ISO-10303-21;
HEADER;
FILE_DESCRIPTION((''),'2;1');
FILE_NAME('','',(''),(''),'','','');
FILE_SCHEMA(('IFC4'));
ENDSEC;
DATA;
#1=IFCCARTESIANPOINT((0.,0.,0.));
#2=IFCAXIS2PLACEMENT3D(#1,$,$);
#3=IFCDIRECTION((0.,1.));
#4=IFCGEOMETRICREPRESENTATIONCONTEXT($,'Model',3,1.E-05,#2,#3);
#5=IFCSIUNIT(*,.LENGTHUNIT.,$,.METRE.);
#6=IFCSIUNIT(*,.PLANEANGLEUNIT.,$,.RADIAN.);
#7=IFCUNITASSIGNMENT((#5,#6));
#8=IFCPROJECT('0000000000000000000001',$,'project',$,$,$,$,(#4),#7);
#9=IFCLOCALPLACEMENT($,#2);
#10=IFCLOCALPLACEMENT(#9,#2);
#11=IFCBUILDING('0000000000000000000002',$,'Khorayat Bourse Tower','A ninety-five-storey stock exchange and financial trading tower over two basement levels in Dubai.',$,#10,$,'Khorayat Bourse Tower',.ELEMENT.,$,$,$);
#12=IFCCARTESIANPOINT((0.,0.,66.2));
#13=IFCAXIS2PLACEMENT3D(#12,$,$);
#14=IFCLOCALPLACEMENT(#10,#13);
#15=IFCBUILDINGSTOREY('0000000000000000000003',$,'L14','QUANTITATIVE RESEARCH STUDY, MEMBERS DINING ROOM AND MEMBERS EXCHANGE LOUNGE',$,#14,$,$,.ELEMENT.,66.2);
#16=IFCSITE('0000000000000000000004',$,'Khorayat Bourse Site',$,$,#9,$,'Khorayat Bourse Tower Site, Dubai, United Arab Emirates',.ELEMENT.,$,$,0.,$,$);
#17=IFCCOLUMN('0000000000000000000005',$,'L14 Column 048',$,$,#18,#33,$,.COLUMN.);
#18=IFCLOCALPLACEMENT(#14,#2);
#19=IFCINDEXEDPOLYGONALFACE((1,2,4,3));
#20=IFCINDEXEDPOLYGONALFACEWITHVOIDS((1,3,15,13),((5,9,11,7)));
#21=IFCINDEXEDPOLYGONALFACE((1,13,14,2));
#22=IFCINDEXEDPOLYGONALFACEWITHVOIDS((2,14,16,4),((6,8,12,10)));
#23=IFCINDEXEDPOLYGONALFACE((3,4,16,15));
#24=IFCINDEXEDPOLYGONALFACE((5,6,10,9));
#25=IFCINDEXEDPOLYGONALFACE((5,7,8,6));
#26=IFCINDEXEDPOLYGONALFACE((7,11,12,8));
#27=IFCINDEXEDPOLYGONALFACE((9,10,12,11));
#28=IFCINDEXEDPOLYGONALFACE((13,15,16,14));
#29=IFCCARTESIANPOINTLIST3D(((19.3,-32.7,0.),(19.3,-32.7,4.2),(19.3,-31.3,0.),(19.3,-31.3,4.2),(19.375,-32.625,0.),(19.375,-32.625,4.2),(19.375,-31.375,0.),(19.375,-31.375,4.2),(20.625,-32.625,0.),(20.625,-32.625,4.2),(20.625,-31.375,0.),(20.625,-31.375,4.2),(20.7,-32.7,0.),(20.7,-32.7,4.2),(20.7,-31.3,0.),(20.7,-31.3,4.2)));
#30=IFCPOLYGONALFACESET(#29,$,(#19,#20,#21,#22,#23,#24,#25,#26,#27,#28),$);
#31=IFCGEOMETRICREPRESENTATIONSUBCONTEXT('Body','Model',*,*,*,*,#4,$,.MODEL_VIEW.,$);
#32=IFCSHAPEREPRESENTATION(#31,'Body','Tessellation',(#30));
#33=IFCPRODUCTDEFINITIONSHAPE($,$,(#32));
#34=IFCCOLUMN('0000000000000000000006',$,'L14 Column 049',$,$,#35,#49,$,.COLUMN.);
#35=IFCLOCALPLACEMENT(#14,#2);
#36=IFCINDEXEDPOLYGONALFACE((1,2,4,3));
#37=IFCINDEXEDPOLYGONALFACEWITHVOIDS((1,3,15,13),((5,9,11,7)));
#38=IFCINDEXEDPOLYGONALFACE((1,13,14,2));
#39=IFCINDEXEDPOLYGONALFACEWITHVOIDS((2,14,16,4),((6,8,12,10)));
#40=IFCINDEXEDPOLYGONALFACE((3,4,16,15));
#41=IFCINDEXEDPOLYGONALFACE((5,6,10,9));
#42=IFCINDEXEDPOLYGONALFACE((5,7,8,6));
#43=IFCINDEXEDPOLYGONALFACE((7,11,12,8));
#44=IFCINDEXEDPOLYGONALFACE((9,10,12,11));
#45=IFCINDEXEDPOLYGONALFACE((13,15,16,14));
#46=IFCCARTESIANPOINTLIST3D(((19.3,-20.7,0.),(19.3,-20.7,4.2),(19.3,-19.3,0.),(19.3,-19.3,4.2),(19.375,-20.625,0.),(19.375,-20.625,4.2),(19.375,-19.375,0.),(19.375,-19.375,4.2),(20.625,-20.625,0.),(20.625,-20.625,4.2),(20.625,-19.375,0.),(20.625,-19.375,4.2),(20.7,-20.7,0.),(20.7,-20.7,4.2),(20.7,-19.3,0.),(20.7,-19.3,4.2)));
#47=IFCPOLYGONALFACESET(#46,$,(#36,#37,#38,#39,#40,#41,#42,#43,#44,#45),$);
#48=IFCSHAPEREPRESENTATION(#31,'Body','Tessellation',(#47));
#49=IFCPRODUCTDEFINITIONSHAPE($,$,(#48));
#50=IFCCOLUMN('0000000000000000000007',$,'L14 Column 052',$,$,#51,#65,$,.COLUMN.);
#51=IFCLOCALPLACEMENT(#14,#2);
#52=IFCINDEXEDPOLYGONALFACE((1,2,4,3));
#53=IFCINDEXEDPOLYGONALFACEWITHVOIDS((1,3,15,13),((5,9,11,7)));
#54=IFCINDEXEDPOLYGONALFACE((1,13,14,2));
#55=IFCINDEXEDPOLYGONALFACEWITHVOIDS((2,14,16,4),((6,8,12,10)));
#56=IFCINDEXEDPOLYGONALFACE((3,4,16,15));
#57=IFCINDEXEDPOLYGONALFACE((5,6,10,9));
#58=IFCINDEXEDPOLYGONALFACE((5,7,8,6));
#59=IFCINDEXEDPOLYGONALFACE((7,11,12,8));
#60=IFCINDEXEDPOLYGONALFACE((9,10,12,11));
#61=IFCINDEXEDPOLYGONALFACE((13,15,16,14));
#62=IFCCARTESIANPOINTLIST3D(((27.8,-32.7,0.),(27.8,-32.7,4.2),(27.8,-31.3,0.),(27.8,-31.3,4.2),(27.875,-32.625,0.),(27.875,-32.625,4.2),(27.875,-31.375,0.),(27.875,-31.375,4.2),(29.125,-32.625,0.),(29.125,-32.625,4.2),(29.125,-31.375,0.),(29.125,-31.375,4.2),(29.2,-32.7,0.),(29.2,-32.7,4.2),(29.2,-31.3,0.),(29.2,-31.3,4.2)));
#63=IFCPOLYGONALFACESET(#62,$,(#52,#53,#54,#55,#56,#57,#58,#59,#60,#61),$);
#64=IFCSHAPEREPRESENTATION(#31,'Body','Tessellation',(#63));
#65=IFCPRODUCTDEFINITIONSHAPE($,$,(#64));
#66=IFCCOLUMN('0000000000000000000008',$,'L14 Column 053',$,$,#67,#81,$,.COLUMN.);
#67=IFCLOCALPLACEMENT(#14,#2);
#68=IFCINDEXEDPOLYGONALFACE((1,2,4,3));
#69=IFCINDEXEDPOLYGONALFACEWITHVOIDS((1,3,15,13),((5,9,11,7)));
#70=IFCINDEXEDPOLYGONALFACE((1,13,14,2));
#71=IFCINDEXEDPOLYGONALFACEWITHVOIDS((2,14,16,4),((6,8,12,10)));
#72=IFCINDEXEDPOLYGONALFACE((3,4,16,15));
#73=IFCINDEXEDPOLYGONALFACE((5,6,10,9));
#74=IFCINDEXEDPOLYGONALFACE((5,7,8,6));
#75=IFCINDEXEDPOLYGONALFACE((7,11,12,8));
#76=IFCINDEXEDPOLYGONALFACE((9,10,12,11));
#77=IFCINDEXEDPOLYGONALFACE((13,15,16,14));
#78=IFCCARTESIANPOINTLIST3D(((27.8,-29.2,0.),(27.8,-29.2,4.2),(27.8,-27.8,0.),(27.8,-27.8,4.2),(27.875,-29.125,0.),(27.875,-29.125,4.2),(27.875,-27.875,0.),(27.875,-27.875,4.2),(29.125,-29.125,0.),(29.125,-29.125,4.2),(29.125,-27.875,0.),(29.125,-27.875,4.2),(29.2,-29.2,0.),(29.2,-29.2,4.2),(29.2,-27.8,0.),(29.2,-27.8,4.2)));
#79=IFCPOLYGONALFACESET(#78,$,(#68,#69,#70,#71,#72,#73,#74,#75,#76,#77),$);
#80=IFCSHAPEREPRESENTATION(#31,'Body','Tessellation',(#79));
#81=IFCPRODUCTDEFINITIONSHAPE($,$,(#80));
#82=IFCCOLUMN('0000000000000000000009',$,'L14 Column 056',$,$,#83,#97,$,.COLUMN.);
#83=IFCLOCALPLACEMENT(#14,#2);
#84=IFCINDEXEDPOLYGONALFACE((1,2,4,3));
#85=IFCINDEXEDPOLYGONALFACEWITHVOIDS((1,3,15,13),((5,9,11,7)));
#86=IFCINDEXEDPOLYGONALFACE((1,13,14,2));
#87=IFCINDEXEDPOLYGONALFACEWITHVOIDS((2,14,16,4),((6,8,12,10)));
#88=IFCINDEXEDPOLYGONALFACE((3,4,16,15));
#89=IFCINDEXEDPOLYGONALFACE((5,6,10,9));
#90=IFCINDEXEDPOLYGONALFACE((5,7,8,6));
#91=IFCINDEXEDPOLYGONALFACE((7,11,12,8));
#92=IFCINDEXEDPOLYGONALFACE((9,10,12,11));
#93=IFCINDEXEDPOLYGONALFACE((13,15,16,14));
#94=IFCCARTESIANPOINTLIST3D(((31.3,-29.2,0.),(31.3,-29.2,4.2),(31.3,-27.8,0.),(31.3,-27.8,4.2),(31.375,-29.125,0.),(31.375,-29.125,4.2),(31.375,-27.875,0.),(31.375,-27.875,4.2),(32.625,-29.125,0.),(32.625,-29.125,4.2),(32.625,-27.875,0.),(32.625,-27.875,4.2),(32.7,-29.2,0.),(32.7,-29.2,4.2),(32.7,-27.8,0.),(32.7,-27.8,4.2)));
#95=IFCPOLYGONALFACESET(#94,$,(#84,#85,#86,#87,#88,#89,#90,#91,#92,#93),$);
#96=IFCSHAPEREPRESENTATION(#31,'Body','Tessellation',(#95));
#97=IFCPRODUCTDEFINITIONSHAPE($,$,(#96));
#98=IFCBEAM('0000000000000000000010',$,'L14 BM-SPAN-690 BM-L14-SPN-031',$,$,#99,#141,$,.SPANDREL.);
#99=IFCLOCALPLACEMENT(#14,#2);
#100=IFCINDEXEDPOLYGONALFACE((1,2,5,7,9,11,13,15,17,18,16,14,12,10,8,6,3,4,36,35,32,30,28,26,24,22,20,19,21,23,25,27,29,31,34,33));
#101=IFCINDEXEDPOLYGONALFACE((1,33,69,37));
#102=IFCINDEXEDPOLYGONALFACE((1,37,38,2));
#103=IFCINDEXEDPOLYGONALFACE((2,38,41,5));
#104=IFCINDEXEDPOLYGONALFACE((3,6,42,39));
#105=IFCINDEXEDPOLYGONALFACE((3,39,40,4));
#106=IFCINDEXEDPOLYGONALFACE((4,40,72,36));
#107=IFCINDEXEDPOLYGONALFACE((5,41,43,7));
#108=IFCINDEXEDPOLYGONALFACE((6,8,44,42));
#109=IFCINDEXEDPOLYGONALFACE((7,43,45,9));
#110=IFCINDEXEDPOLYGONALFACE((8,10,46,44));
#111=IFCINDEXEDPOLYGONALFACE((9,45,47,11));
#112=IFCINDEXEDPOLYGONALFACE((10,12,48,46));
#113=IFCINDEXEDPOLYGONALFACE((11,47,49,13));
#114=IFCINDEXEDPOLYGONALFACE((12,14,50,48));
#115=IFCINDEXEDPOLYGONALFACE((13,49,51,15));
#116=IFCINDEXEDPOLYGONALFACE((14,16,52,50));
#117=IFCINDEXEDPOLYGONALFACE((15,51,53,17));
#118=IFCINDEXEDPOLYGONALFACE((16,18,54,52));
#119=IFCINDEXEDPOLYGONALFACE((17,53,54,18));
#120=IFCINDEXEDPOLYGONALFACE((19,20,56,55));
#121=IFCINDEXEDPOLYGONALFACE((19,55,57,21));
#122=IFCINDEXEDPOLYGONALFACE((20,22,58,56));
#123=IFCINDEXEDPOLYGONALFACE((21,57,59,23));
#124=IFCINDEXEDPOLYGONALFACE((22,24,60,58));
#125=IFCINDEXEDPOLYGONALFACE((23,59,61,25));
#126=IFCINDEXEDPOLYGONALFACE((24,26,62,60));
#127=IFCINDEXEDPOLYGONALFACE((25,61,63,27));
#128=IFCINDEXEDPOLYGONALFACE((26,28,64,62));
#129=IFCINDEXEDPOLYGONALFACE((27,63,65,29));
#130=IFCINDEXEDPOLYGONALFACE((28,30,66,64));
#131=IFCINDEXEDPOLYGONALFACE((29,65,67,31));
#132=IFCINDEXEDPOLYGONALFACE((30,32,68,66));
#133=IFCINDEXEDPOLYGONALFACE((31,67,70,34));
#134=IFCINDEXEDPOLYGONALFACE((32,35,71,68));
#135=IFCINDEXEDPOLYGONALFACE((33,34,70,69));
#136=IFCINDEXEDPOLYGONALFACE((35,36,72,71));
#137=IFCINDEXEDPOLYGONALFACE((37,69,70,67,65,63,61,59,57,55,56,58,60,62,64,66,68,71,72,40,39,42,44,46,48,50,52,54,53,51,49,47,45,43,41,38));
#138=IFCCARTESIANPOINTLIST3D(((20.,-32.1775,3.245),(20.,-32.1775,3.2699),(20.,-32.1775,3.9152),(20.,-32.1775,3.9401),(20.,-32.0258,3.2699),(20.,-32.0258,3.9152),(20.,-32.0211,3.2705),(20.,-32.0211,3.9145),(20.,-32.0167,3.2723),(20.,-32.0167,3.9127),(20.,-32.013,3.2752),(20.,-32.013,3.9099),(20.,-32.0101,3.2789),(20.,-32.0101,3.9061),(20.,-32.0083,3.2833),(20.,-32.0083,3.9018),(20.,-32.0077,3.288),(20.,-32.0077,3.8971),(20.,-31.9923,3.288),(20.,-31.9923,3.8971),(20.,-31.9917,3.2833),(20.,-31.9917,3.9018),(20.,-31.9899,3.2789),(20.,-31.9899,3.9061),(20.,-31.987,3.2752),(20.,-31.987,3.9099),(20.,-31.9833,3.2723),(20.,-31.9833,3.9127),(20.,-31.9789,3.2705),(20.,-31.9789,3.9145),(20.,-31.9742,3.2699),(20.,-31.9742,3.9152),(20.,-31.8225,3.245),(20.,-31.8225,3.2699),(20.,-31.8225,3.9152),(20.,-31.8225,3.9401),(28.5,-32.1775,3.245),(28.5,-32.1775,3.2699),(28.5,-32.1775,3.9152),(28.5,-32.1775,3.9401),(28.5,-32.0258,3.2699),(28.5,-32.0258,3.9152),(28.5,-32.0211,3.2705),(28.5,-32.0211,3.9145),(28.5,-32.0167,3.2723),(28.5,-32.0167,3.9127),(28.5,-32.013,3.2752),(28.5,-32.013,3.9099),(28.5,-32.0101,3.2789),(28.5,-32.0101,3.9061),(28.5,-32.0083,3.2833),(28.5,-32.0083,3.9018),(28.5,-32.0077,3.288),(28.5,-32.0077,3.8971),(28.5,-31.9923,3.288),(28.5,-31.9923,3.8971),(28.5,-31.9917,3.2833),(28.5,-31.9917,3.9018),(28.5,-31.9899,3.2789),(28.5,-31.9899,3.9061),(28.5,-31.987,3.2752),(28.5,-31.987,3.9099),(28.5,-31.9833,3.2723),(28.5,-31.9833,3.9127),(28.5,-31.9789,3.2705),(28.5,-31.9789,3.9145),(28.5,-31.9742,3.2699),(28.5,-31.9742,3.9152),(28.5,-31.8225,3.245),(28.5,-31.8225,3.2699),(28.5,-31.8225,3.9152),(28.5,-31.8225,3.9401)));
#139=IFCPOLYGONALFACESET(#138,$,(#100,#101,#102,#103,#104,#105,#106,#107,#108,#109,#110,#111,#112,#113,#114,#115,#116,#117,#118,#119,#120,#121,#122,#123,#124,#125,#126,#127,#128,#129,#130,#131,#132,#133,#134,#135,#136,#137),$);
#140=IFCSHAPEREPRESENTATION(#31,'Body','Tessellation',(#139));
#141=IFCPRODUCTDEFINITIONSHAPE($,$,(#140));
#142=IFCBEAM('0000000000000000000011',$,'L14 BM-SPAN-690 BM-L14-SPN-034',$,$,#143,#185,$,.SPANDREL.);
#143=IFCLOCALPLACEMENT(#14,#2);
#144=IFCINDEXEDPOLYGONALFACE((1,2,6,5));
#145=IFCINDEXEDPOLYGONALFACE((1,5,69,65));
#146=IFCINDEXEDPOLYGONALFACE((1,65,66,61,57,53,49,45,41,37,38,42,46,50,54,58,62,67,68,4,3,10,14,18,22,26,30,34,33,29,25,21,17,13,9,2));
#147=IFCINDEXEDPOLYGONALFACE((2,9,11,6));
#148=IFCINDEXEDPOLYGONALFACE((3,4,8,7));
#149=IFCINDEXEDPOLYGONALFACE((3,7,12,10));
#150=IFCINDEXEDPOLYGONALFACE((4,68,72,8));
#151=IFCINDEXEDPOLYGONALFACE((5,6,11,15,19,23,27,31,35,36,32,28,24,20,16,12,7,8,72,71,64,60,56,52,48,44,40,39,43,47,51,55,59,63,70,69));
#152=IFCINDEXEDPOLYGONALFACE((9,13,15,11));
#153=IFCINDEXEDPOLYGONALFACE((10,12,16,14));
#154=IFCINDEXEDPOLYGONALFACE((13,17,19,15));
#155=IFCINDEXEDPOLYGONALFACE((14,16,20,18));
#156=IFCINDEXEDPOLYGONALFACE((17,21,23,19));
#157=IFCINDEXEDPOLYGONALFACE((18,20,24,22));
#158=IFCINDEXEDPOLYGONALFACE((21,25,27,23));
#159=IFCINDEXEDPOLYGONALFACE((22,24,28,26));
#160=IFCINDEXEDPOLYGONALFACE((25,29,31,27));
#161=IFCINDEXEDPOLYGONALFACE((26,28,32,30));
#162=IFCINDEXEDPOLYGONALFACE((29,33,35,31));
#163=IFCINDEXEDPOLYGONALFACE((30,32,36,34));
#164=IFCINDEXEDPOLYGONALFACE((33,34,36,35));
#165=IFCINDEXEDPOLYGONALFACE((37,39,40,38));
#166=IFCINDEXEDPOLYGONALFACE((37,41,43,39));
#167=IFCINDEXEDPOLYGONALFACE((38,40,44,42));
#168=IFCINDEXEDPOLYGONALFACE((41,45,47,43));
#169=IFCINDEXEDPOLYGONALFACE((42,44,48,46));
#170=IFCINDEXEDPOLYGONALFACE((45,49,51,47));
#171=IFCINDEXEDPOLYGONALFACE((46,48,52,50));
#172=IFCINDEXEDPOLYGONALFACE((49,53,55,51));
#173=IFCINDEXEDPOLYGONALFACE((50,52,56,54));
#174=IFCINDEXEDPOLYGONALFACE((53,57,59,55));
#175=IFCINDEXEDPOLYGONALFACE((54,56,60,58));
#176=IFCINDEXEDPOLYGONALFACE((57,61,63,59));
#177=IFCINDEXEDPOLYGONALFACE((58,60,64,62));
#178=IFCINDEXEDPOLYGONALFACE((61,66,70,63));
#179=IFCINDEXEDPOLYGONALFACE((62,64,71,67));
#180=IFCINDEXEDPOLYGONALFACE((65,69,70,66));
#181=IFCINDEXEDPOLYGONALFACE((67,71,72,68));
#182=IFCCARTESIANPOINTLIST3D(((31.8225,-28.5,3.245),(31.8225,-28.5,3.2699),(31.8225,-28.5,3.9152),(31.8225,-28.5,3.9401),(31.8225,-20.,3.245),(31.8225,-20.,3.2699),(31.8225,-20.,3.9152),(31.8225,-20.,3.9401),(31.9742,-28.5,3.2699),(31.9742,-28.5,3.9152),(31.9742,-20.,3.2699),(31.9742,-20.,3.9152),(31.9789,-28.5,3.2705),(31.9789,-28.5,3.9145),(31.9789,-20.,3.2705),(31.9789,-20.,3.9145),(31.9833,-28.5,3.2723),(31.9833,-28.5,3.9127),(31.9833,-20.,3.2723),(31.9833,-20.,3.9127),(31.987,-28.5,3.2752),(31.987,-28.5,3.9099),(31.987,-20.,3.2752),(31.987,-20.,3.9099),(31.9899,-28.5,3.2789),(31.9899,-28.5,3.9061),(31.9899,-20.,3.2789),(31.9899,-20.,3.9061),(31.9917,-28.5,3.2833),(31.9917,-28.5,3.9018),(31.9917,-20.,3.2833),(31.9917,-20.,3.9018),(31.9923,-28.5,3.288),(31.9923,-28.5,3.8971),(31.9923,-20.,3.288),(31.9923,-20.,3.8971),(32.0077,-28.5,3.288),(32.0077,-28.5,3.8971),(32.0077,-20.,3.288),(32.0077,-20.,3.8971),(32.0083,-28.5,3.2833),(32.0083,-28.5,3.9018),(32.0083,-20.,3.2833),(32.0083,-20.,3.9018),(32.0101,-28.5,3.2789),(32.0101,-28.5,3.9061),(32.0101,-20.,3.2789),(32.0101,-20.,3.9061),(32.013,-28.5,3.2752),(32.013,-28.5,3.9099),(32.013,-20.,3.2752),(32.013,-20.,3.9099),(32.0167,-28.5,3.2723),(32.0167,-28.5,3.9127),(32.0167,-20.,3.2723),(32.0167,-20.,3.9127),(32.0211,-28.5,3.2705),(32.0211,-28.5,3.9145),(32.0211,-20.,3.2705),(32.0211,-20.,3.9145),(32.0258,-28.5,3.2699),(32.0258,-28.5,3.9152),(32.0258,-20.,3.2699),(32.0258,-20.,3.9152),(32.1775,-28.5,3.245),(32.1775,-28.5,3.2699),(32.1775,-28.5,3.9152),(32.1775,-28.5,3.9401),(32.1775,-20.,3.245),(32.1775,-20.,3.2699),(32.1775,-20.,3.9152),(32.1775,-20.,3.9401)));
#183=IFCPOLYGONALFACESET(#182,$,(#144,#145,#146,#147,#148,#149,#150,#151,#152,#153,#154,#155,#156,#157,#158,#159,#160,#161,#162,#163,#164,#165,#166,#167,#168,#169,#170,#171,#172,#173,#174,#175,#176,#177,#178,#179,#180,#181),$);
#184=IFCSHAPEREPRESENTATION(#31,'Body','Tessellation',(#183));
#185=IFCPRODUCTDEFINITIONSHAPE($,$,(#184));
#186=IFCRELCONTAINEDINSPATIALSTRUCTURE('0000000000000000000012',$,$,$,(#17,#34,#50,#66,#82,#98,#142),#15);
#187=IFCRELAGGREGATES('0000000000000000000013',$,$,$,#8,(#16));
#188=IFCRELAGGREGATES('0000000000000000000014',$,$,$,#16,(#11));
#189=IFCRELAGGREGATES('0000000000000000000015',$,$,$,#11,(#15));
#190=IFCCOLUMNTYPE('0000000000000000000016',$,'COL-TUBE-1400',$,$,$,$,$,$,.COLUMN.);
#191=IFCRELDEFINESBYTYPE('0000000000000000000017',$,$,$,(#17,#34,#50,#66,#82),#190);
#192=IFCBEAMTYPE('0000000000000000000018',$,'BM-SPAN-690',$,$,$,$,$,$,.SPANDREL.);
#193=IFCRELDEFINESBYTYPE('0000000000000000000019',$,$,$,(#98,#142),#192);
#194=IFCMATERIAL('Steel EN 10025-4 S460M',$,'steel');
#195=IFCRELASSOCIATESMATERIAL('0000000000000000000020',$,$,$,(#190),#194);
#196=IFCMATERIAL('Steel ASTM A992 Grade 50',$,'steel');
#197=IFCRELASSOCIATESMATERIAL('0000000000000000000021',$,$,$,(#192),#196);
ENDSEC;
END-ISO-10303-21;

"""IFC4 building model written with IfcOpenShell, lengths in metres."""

from ifc_helpers import new_model, si_unit, direction, frame, origin, origin_2d, place, context, subcontext, project, spatial, hollow_rectangle, i_section, extrude, source, transform, mapped, material, material_profile, profile_set, type_object, element, save


model = new_model("IFC4")

# Units and contexts
model_context = context("Model", 3, precision=1e-05, world=origin(), true_north=direction((0.0, 1.0)))
body_context = subcontext(model_context, "Body", "Model", "MODEL_VIEW")
ifc_project = project(units=[si_unit("LENGTHUNIT", "METRE"), si_unit("PLANEANGLEUNIT", "RADIAN")], contexts=[model_context])

# Site, building, storey
site_placement = place(None, origin())
site = spatial("IfcSite", under=ifc_project, at=site_placement, Name="Khorayat Bourse Site", LongName="Khorayat Bourse Tower Site, Dubai, United Arab Emirates", CompositionType="ELEMENT", RefElevation=0.0)
building_placement = place(site_placement, origin())
building = spatial("IfcBuilding", under=site, at=building_placement, Name="Khorayat Bourse Tower", Description="A ninety-five-storey stock exchange and financial trading tower over two basement levels in Dubai.", LongName="Khorayat Bourse Tower", CompositionType="ELEMENT")
storey_placement = place(building_placement, frame((0.0, 0.0, 66.2)))
storey = spatial("IfcBuildingStorey", under=building, at=storey_placement, Name="L14", Description="QUANTITATIVE RESEARCH STUDY, MEMBERS DINING ROOM AND MEMBERS EXCHANGE LOUNGE", CompositionType="ELEMENT", Elevation=66.2)

# Columns
ifc_material_1 = material(Name="Steel EN 10025-4 S460M", Category="steel")
ifc_material_profile_1 = material_profile(ifc_material_1, hollow_rectangle(XDim=1.3999, YDim=1.3999, WallThickness=0.075, at=origin_2d()), Name="BOX 1400x1400x75")
ifc_profile_set_1 = profile_set([ifc_material_profile_1], Name="Steel EN 10025-4 S460M")
column_type = type_object("IfcColumnType", Name="COL-TUBE-1400", PredefinedType="COLUMN", material=ifc_profile_set_1)
shared_shape_1 = source(origin(), body_context, "Body", "SweptSolid", [
    extrude(hollow_rectangle(XDim=1.3999, YDim=1.3999, WallThickness=0.075, at=origin_2d()), origin(), (0.0, 0.0, 1.0), 4.2),
])
for number, where, z_axis, x_axis, name in (
    (1, (20.0, -32.0, 0.0), (0.0, 0.0, 1.0), (1.0, 0.0, 0.0), "L14 Column 048"),
    (2, (20.0, -20.0, 0.0), (0.0, 0.0, 1.0), (1.0, 0.0, 0.0), "L14 Column 049"),
    (3, (28.5, -32.0, 0.0), (0.0, 0.0, 1.0), (1.0, 0.0, 0.0), "L14 Column 052"),
    (4, (28.5, -28.5, 0.0), (0.0, 0.0, 1.0), (1.0, 0.0, 0.0), "L14 Column 053"),
    (5, (32.0, -28.5, 0.0), (0.0, 0.0, 1.0), (1.0, 0.0, 0.0), "L14 Column 056"),
):
    element("IfcColumn", number, at=place(storey_placement, frame(where, z_axis=z_axis, x_axis=x_axis)), inside=storey, type_object=column_type, Name=name, PredefinedType="COLUMN", context=body_context, shape_type="MappedRepresentation", body=[
        mapped(shared_shape_1, transform((0.0, 0.0, 0.0), scale=1.0)),
    ])

# Beams
ifc_material_2 = material(Name="Steel ASTM A992 Grade 50", Category="steel")
ifc_material_profile_2 = material_profile(ifc_material_2, i_section(OverallWidth=0.355, OverallDepth=0.6951, WebThickness=0.0154, FlangeThickness=0.0249, FilletRadius=0.0181, at=origin_2d()), Name="W690X217")
ifc_profile_set_2 = profile_set([ifc_material_profile_2], Name="Steel ASTM A992 Grade 50")
beam_type_1 = type_object("IfcBeamType", Name="BM-SPAN-690", PredefinedType="SPANDREL", material=ifc_profile_set_2)
shared_shape_2 = source(origin(), body_context, "Body", "SweptSolid", [
    extrude(i_section(OverallWidth=0.355, OverallDepth=0.6951, WebThickness=0.0154, FlangeThickness=0.0249, FilletRadius=0.0181, at=origin_2d()), origin(), (0.0, 0.0, 1.0), 8.5),
])
for number, where, z_axis, x_axis, name in (
    (6, (20.0, -32.0, 3.5925), (1.0, 0.0, 0.0), (0.0, 1.0, 0.0), "L14 BM-SPAN-690 BM-L14-SPN-031"),
    (7, (32.0, -28.5, 3.5925), (0.0, 1.0, 0.0), (-1.0, 0.0, 0.0), "L14 BM-SPAN-690 BM-L14-SPN-034"),
):
    element("IfcBeam", number, at=place(storey_placement, frame(where, z_axis=z_axis, x_axis=x_axis)), inside=storey, type_object=beam_type_1, Name=name, PredefinedType="SPANDREL", context=body_context, shape_type="MappedRepresentation", body=[
        mapped(shared_shape_2, transform((0.0, 0.0, 0.0), scale=1.0)),
    ])

save(model, "model.ifc")
